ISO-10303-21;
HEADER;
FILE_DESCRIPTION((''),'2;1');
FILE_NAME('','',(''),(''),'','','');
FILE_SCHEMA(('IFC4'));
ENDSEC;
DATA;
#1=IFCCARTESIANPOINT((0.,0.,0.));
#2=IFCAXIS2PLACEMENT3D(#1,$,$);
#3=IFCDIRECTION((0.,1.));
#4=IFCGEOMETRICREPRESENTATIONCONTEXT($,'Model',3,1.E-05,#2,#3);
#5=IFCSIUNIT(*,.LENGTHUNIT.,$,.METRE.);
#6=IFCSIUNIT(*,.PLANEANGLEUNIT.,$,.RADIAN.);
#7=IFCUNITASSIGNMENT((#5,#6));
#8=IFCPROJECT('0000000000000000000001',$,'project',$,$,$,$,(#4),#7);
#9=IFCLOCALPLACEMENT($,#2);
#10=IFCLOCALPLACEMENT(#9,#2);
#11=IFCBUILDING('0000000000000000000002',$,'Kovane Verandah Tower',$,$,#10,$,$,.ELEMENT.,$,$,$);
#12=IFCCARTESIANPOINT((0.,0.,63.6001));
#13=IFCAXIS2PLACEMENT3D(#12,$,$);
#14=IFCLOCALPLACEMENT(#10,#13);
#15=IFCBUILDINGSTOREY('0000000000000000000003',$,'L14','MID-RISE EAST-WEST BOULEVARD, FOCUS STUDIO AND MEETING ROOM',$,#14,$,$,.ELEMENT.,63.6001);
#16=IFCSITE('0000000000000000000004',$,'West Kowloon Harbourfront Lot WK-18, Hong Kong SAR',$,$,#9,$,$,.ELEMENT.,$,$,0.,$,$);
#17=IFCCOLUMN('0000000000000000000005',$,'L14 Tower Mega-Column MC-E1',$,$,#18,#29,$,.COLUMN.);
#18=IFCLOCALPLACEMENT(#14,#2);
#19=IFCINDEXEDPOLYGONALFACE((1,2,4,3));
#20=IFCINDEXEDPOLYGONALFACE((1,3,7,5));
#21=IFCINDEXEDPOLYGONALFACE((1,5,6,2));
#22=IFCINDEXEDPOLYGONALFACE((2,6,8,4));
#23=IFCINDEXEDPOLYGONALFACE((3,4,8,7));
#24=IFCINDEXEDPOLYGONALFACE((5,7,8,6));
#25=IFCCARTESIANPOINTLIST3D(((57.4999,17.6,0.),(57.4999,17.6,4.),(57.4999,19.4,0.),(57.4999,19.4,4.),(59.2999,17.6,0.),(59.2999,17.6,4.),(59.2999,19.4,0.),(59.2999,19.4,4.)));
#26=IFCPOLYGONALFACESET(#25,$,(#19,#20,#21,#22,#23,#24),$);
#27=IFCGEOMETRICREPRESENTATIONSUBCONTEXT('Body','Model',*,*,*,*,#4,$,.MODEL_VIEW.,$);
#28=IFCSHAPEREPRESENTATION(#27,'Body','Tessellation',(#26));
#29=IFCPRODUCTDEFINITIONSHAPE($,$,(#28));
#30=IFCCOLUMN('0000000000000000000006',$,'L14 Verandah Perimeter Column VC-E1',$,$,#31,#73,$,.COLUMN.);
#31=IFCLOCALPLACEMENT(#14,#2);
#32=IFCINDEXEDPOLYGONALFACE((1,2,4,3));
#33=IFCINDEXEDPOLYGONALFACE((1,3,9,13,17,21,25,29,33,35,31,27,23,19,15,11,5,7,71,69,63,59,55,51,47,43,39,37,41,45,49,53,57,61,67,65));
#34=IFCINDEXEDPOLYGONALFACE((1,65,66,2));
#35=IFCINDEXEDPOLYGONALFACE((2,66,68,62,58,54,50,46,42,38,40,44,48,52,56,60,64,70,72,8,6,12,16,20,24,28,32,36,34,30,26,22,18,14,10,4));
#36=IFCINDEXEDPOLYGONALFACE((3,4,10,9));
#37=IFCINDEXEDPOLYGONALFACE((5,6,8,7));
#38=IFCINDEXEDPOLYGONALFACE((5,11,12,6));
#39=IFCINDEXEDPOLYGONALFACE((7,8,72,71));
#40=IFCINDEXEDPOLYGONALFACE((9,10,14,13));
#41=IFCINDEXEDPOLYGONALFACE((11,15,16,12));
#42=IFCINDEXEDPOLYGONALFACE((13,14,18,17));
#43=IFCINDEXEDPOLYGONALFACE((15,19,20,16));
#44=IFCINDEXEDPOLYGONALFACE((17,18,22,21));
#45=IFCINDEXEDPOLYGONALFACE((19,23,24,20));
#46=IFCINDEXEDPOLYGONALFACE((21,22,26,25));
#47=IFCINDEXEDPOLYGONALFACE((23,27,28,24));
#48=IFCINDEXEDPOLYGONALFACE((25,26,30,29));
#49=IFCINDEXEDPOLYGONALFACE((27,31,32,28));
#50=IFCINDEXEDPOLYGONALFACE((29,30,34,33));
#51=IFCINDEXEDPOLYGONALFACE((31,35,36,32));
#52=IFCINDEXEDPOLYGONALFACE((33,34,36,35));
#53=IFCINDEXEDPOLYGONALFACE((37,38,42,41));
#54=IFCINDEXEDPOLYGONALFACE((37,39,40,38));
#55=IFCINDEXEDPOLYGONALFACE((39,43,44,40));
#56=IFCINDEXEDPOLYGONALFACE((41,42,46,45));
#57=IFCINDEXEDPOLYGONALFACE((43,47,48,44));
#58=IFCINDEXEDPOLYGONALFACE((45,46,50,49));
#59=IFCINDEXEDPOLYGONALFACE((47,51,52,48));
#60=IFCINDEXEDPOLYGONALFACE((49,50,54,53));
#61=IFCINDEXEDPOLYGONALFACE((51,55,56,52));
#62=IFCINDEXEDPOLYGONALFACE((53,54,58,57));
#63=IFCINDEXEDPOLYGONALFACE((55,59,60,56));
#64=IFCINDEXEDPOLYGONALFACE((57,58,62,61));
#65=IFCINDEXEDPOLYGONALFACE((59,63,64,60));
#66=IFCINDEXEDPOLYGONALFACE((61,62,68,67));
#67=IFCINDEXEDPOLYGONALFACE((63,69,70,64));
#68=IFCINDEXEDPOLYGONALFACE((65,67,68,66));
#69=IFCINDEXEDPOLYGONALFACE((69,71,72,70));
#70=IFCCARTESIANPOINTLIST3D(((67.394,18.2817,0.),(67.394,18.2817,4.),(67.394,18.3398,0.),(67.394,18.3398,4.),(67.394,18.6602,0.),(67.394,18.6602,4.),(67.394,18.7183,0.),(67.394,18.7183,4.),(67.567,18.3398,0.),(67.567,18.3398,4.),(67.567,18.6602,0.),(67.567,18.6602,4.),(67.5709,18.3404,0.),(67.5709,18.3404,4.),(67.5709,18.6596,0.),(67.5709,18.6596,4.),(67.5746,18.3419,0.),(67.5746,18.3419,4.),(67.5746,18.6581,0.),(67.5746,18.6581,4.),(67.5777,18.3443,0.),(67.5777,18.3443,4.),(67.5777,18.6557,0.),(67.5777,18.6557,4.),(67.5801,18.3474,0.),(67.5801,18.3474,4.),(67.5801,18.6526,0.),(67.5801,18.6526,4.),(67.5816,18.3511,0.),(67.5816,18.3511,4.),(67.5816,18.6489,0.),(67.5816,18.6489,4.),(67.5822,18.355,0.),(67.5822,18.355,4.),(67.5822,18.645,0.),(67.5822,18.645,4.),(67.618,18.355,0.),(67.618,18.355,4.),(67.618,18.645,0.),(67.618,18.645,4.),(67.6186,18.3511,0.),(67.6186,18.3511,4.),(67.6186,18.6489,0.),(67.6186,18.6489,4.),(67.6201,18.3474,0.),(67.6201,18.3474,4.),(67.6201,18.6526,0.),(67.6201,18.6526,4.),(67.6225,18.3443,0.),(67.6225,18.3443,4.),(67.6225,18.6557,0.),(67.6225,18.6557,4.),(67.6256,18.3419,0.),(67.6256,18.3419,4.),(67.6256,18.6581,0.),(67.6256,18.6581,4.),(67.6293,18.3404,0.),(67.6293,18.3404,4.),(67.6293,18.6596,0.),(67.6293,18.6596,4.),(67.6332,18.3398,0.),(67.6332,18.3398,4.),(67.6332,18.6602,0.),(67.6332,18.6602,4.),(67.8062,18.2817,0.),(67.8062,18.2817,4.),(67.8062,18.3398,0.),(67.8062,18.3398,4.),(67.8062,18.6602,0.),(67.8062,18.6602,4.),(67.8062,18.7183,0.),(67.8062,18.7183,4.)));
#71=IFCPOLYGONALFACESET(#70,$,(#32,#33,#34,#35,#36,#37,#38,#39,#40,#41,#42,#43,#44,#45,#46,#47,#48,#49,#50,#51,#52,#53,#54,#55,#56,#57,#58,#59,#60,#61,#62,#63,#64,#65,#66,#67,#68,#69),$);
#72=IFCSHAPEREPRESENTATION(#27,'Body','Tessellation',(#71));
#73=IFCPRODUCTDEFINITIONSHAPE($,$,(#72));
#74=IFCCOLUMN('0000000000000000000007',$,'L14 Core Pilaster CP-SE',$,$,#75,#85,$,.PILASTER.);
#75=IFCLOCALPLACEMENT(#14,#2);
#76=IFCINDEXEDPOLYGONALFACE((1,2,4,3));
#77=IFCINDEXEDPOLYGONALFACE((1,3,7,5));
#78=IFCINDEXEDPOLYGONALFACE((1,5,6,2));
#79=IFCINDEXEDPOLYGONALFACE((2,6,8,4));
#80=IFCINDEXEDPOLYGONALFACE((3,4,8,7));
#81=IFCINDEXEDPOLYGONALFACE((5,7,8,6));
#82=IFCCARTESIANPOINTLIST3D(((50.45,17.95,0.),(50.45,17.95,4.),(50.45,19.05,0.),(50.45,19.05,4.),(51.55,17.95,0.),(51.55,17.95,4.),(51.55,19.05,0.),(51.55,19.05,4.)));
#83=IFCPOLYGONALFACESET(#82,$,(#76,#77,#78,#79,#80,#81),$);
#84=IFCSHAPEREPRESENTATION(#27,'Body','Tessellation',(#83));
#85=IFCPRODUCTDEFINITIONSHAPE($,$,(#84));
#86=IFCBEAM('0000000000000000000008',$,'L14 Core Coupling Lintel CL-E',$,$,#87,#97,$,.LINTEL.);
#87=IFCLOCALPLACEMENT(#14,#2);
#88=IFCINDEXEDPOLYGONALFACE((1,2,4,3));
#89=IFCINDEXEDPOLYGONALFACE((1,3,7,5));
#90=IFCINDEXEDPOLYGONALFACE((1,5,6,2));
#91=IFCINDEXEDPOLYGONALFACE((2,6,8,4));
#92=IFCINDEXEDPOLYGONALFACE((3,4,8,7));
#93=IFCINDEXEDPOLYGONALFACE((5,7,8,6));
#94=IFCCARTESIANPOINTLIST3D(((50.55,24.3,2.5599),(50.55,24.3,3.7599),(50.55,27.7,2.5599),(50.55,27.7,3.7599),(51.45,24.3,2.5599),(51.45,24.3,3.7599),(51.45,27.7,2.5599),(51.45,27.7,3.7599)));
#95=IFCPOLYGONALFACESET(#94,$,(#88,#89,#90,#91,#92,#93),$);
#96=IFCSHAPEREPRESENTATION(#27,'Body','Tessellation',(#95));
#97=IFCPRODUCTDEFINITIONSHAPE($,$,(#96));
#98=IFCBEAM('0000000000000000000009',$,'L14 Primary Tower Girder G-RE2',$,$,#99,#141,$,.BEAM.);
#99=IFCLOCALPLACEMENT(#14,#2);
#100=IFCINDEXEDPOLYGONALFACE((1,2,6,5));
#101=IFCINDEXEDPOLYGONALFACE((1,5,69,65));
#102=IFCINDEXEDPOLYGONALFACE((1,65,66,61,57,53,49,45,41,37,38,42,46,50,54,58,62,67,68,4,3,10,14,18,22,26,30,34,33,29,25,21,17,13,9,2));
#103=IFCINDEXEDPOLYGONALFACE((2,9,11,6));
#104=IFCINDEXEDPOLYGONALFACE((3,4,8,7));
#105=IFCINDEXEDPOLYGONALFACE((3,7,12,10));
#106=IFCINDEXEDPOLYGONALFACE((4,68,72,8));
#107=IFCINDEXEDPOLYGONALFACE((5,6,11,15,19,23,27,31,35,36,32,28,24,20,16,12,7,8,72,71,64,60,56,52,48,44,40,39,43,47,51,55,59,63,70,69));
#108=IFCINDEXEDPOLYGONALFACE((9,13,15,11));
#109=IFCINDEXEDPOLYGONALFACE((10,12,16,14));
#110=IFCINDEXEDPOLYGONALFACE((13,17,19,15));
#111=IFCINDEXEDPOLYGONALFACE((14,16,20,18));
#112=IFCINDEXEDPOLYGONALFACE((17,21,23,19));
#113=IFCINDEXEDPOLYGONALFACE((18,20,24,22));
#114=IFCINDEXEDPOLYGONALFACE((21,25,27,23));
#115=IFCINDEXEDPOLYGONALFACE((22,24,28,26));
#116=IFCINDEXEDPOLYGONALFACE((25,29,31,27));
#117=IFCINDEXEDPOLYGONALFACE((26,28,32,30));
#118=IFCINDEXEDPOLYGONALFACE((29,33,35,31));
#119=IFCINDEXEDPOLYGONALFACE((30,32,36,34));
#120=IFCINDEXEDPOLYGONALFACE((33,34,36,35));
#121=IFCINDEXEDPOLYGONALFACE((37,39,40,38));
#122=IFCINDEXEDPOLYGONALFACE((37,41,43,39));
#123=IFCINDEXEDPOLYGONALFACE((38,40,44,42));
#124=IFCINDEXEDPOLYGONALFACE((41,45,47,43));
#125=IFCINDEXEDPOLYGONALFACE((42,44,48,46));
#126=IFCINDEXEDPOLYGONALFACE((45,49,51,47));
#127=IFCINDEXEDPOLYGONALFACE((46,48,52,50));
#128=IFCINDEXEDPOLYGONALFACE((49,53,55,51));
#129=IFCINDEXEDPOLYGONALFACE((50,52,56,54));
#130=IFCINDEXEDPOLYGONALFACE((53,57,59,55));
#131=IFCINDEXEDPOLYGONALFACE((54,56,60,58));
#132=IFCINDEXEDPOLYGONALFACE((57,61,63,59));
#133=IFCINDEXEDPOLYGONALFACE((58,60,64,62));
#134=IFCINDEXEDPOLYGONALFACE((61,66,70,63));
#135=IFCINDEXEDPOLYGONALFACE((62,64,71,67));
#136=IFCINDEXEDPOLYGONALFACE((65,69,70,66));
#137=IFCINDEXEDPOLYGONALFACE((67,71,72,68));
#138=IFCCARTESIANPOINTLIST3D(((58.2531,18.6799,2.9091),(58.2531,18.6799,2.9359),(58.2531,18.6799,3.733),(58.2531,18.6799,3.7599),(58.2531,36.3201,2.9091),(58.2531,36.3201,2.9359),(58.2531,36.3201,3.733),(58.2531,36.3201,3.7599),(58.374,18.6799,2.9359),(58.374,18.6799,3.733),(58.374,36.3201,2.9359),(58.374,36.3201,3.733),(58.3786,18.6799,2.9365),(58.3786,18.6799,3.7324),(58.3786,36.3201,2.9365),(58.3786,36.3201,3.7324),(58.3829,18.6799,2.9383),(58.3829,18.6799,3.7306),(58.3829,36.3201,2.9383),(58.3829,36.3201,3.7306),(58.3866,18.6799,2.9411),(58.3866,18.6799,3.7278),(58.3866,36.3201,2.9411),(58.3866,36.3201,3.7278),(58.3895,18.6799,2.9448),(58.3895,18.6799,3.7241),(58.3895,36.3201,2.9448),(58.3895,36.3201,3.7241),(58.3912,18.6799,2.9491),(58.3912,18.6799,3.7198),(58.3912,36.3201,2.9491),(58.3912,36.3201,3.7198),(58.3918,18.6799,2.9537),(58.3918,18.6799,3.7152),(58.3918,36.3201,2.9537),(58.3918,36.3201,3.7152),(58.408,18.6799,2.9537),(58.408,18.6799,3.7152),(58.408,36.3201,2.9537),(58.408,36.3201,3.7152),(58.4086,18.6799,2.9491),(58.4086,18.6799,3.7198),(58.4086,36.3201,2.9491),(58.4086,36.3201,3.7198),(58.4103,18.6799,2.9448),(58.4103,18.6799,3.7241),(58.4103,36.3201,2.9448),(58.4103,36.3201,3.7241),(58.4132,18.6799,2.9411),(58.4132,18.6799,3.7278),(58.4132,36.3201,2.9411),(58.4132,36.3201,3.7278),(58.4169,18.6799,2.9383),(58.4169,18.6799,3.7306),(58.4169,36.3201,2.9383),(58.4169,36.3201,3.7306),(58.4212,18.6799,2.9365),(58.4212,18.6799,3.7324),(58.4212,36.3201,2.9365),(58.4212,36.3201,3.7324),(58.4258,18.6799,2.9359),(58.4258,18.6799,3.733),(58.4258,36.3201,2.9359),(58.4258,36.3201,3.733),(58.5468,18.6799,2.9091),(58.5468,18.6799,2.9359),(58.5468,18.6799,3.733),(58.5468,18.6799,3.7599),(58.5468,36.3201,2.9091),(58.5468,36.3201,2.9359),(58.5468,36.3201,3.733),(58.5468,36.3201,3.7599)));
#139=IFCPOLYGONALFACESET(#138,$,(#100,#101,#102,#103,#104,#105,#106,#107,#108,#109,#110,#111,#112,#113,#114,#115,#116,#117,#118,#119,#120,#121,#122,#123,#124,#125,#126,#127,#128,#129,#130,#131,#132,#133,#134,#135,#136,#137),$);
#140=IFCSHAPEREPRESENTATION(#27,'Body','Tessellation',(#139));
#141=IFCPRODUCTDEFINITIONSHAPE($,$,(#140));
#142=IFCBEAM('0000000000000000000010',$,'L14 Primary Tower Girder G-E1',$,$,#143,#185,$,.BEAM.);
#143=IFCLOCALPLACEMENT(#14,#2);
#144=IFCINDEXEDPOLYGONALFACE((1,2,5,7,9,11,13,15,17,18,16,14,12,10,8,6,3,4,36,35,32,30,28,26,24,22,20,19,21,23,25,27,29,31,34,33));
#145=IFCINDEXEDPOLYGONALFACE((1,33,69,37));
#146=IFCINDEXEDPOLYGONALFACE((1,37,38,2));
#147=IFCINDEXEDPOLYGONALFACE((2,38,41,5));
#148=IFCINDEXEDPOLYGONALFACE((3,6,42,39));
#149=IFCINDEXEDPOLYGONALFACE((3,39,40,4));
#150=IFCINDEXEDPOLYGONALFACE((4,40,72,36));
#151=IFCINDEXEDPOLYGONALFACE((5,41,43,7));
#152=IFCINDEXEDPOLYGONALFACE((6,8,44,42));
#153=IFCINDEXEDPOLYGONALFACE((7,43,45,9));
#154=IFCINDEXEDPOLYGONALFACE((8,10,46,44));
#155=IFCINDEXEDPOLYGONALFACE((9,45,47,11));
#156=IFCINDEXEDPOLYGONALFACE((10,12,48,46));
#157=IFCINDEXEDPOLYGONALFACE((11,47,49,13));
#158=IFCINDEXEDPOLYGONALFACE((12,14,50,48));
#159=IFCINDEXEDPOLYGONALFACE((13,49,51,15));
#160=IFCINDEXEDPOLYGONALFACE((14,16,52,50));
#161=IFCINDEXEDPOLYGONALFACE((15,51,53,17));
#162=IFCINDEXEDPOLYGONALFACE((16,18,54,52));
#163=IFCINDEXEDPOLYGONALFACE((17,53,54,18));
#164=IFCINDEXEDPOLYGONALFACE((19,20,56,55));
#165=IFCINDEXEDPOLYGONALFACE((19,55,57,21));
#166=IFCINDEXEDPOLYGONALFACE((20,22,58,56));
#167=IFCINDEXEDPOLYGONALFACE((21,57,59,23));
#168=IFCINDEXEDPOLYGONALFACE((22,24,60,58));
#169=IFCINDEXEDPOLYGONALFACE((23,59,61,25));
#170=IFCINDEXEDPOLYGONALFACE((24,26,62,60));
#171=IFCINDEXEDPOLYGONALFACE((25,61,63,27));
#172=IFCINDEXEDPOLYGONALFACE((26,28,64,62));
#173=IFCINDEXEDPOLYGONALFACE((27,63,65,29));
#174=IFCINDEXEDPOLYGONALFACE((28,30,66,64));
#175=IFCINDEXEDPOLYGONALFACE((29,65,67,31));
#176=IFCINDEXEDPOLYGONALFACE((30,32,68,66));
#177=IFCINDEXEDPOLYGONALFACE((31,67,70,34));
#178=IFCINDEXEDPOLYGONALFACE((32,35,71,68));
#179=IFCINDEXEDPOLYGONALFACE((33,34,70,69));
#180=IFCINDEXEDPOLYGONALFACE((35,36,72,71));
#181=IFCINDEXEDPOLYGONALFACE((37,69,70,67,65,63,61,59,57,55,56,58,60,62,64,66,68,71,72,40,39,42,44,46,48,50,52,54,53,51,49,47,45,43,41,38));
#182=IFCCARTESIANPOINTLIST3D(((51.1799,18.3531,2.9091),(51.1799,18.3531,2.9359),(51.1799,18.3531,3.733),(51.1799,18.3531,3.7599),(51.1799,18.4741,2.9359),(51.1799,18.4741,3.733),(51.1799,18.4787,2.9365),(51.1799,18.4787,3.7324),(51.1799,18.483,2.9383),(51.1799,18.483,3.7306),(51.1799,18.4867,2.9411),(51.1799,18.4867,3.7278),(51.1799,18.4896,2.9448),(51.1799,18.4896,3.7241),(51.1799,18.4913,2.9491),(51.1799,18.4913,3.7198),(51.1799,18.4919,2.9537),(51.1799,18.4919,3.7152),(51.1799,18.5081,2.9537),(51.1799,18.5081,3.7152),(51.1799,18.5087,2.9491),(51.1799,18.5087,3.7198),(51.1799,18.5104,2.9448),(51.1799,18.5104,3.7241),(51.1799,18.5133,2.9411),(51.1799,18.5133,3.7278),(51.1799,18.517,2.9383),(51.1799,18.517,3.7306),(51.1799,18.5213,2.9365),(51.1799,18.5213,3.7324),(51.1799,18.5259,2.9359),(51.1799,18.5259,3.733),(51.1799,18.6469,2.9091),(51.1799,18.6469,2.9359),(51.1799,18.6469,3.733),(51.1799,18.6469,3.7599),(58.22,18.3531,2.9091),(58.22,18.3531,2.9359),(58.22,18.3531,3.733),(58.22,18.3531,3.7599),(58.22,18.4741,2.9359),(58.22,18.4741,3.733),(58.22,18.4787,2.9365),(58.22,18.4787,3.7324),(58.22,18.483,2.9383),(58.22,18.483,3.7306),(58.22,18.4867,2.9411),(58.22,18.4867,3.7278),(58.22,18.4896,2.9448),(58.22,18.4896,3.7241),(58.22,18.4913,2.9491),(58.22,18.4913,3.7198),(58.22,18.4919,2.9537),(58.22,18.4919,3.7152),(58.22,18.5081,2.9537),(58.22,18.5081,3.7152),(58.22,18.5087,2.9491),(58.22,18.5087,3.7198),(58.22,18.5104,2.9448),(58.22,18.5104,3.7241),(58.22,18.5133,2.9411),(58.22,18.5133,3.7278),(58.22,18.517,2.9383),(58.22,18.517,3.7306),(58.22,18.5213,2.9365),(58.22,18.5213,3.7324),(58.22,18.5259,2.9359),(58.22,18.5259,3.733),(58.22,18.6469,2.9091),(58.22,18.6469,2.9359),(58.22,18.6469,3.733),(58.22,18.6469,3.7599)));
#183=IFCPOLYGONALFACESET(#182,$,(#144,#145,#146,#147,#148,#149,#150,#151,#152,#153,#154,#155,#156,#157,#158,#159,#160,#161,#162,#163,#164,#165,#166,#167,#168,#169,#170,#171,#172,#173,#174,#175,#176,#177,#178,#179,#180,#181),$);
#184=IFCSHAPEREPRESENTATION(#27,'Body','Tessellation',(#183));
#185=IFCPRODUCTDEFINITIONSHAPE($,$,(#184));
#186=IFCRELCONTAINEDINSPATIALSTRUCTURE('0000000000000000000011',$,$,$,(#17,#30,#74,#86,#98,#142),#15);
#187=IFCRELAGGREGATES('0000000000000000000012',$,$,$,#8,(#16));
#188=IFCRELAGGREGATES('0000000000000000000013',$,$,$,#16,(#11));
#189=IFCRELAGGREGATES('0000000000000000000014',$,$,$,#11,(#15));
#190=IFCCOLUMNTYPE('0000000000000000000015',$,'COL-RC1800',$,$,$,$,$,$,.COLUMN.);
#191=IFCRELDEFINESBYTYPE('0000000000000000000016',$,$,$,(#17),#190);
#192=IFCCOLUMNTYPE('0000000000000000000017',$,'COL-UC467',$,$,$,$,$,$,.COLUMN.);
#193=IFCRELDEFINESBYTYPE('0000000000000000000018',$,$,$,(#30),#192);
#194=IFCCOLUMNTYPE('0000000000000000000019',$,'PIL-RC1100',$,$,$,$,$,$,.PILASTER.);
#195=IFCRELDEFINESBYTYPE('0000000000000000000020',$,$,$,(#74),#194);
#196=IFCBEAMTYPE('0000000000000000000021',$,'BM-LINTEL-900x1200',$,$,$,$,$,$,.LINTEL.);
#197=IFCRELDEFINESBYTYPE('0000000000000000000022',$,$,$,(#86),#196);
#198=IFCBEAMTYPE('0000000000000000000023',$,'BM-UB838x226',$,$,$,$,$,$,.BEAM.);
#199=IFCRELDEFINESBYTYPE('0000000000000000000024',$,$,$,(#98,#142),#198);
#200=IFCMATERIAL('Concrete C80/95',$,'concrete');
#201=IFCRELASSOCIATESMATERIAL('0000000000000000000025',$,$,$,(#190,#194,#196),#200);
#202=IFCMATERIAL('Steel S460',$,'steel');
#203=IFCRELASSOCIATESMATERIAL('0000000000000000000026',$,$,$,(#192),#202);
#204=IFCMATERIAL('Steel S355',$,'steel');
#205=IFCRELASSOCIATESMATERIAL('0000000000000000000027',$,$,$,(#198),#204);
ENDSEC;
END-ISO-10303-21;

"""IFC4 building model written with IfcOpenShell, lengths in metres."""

from ifc_helpers import new_model, si_unit, direction, frame, origin, origin_2d, place, context, subcontext, project, spatial, rectangle, i_section, extrude, material, material_profile, profile_set, type_object, element, save


model = new_model("IFC4")

# Units and contexts
model_context = context("Model", 3, precision=1e-05, world=origin(), true_north=direction((0.0, 1.0)))
body_context = subcontext(model_context, "Body", "Model", "MODEL_VIEW")
ifc_project = project(units=[si_unit("LENGTHUNIT", "METRE"), si_unit("PLANEANGLEUNIT", "RADIAN")], contexts=[model_context])

# Site, building, storey
site_placement = place(None, origin())
site = spatial("IfcSite", under=ifc_project, at=site_placement, Name="West Kowloon Harbourfront Lot WK-18, Hong Kong SAR", CompositionType="ELEMENT", RefElevation=0.0)
building_placement = place(site_placement, origin())
building = spatial("IfcBuilding", under=site, at=building_placement, Name="Kovane Verandah Tower", CompositionType="ELEMENT")
storey_placement = place(building_placement, frame((0.0, 0.0, 63.6001)))
storey = spatial("IfcBuildingStorey", under=building, at=storey_placement, Name="L14", Description="MID-RISE EAST-WEST BOULEVARD, FOCUS STUDIO AND MEETING ROOM", CompositionType="ELEMENT", Elevation=63.6001)

# Columns
ifc_material_1 = material(Name="Concrete C80/95", Category="concrete")
ifc_material_profile_1 = material_profile(ifc_material_1, rectangle(XDim=1.8, YDim=1.8, at=origin_2d()), Name="RC1800x1800")
ifc_profile_set_1 = profile_set([ifc_material_profile_1], Name="Concrete C80/95")
column_type_1 = type_object("IfcColumnType", Name="COL-RC1800", PredefinedType="COLUMN", material=ifc_profile_set_1)
column_1_placement = place(storey_placement, frame((58.3999, 18.5, 0.0), z_axis=(0.0, 0.0, 1.0), x_axis=(1.0, 0.0, 0.0)))
element("IfcColumn", 1, at=column_1_placement, inside=storey, type_object=column_type_1, Name="L14 Tower Mega-Column MC-E1", PredefinedType="COLUMN", context=body_context, shape_type="SweptSolid", body=[
    extrude(rectangle(XDim=1.8, YDim=1.8, at=origin_2d()), origin(), (0.0, 0.0, 1.0), 4.0),
])
ifc_material_2 = material(Name="Steel S460", Category="steel")
ifc_material_profile_2 = material_profile(ifc_material_2, i_section(OverallWidth=0.4121, OverallDepth=0.4365, WebThickness=0.0359, FlangeThickness=0.0581, FilletRadius=0.0151, at=origin_2d()), Name="UC356x406x467")
ifc_profile_set_2 = profile_set([ifc_material_profile_2], Name="Steel S460")
column_type_2 = type_object("IfcColumnType", Name="COL-UC467", PredefinedType="COLUMN", material=ifc_profile_set_2)
column_2_placement = place(storey_placement, frame((67.6001, 18.5, 0.0), z_axis=(0.0, 0.0, 1.0), x_axis=(1.0, 0.0, 0.0)))
element("IfcColumn", 2, at=column_2_placement, inside=storey, type_object=column_type_2, Name="L14 Verandah Perimeter Column VC-E1", PredefinedType="COLUMN", context=body_context, shape_type="SweptSolid", body=[
    extrude(i_section(OverallWidth=0.4121, OverallDepth=0.4365, WebThickness=0.0359, FlangeThickness=0.0581, FilletRadius=0.0151, at=origin_2d()), origin(), (0.0, 0.0, 1.0), 4.0),
])
ifc_material_profile_3 = material_profile(ifc_material_1, rectangle(XDim=1.1001, YDim=1.1001, at=origin_2d()), Name="RC1100x1100")
ifc_profile_set_3 = profile_set([ifc_material_profile_3], Name="Concrete C80/95")
column_type_3 = type_object("IfcColumnType", Name="PIL-RC1100", PredefinedType="PILASTER", material=ifc_profile_set_3)
column_3_placement = place(storey_placement, frame((51.0, 18.5, 0.0), z_axis=(0.0, 0.0, 1.0), x_axis=(1.0, 0.0, 0.0)))
element("IfcColumn", 3, at=column_3_placement, inside=storey, type_object=column_type_3, Name="L14 Core Pilaster CP-SE", PredefinedType="PILASTER", context=body_context, shape_type="SweptSolid", body=[
    extrude(rectangle(XDim=1.1001, YDim=1.1001, at=origin_2d()), origin(), (0.0, 0.0, 1.0), 4.0),
])

# Beams
ifc_material_profile_4 = material_profile(ifc_material_1, rectangle(XDim=0.8999, YDim=1.2, at=origin_2d()), Name="RCB900x1200")
ifc_profile_set_4 = profile_set([ifc_material_profile_4], Name="Concrete C80/95")
beam_type_1 = type_object("IfcBeamType", Name="BM-LINTEL-900x1200", PredefinedType="LINTEL", material=ifc_profile_set_4)
beam_1_placement = place(storey_placement, frame((51.0, 24.3, 3.1599), z_axis=(0.0, 1.0, 0.0), x_axis=(-1.0, 0.0, 0.0)))
element("IfcBeam", 4, at=beam_1_placement, inside=storey, type_object=beam_type_1, Name="L14 Core Coupling Lintel CL-E", PredefinedType="LINTEL", context=body_context, shape_type="SweptSolid", body=[
    extrude(rectangle(XDim=0.8999, YDim=1.2, at=origin_2d()), origin(), (0.0, 0.0, 1.0), 3.3999),
])
ifc_material_3 = material(Name="Steel S355", Category="steel")
ifc_material_profile_5 = material_profile(ifc_material_3, i_section(OverallWidth=0.2937, OverallDepth=0.8508, WebThickness=0.0161, FlangeThickness=0.0269, FilletRadius=0.0178, at=origin_2d()), Name="UB838x292x226")
ifc_profile_set_5 = profile_set([ifc_material_profile_5], Name="Steel S355")
beam_type_2 = type_object("IfcBeamType", Name="BM-UB838x226", PredefinedType="BEAM", material=ifc_profile_set_5)
beam_2_placement = place(storey_placement, frame((58.3999, 18.6799, 3.3345), z_axis=(0.0, 1.0, 0.0), x_axis=(-1.0, 0.0, 0.0)))
element("IfcBeam", 5, at=beam_2_placement, inside=storey, type_object=beam_type_2, Name="L14 Primary Tower Girder G-RE2", PredefinedType="BEAM", context=body_context, shape_type="SweptSolid", body=[
    extrude(i_section(OverallWidth=0.2937, OverallDepth=0.8508, WebThickness=0.0161, FlangeThickness=0.0269, FilletRadius=0.0178, at=origin_2d()), origin(), (0.0, 0.0, 1.0), 17.6401),
])
beam_3_placement = place(storey_placement, frame((51.1799, 18.5, 3.3345), z_axis=(1.0, 0.0, 0.0), x_axis=(0.0, 1.0, 0.0)))
element("IfcBeam", 6, at=beam_3_placement, inside=storey, type_object=beam_type_2, Name="L14 Primary Tower Girder G-E1", PredefinedType="BEAM", context=body_context, shape_type="SweptSolid", body=[
    extrude(i_section(OverallWidth=0.2937, OverallDepth=0.8508, WebThickness=0.0161, FlangeThickness=0.0269, FilletRadius=0.0178, at=origin_2d()), origin(), (0.0, 0.0, 1.0), 7.04),
])

save(model, "model.ifc")
